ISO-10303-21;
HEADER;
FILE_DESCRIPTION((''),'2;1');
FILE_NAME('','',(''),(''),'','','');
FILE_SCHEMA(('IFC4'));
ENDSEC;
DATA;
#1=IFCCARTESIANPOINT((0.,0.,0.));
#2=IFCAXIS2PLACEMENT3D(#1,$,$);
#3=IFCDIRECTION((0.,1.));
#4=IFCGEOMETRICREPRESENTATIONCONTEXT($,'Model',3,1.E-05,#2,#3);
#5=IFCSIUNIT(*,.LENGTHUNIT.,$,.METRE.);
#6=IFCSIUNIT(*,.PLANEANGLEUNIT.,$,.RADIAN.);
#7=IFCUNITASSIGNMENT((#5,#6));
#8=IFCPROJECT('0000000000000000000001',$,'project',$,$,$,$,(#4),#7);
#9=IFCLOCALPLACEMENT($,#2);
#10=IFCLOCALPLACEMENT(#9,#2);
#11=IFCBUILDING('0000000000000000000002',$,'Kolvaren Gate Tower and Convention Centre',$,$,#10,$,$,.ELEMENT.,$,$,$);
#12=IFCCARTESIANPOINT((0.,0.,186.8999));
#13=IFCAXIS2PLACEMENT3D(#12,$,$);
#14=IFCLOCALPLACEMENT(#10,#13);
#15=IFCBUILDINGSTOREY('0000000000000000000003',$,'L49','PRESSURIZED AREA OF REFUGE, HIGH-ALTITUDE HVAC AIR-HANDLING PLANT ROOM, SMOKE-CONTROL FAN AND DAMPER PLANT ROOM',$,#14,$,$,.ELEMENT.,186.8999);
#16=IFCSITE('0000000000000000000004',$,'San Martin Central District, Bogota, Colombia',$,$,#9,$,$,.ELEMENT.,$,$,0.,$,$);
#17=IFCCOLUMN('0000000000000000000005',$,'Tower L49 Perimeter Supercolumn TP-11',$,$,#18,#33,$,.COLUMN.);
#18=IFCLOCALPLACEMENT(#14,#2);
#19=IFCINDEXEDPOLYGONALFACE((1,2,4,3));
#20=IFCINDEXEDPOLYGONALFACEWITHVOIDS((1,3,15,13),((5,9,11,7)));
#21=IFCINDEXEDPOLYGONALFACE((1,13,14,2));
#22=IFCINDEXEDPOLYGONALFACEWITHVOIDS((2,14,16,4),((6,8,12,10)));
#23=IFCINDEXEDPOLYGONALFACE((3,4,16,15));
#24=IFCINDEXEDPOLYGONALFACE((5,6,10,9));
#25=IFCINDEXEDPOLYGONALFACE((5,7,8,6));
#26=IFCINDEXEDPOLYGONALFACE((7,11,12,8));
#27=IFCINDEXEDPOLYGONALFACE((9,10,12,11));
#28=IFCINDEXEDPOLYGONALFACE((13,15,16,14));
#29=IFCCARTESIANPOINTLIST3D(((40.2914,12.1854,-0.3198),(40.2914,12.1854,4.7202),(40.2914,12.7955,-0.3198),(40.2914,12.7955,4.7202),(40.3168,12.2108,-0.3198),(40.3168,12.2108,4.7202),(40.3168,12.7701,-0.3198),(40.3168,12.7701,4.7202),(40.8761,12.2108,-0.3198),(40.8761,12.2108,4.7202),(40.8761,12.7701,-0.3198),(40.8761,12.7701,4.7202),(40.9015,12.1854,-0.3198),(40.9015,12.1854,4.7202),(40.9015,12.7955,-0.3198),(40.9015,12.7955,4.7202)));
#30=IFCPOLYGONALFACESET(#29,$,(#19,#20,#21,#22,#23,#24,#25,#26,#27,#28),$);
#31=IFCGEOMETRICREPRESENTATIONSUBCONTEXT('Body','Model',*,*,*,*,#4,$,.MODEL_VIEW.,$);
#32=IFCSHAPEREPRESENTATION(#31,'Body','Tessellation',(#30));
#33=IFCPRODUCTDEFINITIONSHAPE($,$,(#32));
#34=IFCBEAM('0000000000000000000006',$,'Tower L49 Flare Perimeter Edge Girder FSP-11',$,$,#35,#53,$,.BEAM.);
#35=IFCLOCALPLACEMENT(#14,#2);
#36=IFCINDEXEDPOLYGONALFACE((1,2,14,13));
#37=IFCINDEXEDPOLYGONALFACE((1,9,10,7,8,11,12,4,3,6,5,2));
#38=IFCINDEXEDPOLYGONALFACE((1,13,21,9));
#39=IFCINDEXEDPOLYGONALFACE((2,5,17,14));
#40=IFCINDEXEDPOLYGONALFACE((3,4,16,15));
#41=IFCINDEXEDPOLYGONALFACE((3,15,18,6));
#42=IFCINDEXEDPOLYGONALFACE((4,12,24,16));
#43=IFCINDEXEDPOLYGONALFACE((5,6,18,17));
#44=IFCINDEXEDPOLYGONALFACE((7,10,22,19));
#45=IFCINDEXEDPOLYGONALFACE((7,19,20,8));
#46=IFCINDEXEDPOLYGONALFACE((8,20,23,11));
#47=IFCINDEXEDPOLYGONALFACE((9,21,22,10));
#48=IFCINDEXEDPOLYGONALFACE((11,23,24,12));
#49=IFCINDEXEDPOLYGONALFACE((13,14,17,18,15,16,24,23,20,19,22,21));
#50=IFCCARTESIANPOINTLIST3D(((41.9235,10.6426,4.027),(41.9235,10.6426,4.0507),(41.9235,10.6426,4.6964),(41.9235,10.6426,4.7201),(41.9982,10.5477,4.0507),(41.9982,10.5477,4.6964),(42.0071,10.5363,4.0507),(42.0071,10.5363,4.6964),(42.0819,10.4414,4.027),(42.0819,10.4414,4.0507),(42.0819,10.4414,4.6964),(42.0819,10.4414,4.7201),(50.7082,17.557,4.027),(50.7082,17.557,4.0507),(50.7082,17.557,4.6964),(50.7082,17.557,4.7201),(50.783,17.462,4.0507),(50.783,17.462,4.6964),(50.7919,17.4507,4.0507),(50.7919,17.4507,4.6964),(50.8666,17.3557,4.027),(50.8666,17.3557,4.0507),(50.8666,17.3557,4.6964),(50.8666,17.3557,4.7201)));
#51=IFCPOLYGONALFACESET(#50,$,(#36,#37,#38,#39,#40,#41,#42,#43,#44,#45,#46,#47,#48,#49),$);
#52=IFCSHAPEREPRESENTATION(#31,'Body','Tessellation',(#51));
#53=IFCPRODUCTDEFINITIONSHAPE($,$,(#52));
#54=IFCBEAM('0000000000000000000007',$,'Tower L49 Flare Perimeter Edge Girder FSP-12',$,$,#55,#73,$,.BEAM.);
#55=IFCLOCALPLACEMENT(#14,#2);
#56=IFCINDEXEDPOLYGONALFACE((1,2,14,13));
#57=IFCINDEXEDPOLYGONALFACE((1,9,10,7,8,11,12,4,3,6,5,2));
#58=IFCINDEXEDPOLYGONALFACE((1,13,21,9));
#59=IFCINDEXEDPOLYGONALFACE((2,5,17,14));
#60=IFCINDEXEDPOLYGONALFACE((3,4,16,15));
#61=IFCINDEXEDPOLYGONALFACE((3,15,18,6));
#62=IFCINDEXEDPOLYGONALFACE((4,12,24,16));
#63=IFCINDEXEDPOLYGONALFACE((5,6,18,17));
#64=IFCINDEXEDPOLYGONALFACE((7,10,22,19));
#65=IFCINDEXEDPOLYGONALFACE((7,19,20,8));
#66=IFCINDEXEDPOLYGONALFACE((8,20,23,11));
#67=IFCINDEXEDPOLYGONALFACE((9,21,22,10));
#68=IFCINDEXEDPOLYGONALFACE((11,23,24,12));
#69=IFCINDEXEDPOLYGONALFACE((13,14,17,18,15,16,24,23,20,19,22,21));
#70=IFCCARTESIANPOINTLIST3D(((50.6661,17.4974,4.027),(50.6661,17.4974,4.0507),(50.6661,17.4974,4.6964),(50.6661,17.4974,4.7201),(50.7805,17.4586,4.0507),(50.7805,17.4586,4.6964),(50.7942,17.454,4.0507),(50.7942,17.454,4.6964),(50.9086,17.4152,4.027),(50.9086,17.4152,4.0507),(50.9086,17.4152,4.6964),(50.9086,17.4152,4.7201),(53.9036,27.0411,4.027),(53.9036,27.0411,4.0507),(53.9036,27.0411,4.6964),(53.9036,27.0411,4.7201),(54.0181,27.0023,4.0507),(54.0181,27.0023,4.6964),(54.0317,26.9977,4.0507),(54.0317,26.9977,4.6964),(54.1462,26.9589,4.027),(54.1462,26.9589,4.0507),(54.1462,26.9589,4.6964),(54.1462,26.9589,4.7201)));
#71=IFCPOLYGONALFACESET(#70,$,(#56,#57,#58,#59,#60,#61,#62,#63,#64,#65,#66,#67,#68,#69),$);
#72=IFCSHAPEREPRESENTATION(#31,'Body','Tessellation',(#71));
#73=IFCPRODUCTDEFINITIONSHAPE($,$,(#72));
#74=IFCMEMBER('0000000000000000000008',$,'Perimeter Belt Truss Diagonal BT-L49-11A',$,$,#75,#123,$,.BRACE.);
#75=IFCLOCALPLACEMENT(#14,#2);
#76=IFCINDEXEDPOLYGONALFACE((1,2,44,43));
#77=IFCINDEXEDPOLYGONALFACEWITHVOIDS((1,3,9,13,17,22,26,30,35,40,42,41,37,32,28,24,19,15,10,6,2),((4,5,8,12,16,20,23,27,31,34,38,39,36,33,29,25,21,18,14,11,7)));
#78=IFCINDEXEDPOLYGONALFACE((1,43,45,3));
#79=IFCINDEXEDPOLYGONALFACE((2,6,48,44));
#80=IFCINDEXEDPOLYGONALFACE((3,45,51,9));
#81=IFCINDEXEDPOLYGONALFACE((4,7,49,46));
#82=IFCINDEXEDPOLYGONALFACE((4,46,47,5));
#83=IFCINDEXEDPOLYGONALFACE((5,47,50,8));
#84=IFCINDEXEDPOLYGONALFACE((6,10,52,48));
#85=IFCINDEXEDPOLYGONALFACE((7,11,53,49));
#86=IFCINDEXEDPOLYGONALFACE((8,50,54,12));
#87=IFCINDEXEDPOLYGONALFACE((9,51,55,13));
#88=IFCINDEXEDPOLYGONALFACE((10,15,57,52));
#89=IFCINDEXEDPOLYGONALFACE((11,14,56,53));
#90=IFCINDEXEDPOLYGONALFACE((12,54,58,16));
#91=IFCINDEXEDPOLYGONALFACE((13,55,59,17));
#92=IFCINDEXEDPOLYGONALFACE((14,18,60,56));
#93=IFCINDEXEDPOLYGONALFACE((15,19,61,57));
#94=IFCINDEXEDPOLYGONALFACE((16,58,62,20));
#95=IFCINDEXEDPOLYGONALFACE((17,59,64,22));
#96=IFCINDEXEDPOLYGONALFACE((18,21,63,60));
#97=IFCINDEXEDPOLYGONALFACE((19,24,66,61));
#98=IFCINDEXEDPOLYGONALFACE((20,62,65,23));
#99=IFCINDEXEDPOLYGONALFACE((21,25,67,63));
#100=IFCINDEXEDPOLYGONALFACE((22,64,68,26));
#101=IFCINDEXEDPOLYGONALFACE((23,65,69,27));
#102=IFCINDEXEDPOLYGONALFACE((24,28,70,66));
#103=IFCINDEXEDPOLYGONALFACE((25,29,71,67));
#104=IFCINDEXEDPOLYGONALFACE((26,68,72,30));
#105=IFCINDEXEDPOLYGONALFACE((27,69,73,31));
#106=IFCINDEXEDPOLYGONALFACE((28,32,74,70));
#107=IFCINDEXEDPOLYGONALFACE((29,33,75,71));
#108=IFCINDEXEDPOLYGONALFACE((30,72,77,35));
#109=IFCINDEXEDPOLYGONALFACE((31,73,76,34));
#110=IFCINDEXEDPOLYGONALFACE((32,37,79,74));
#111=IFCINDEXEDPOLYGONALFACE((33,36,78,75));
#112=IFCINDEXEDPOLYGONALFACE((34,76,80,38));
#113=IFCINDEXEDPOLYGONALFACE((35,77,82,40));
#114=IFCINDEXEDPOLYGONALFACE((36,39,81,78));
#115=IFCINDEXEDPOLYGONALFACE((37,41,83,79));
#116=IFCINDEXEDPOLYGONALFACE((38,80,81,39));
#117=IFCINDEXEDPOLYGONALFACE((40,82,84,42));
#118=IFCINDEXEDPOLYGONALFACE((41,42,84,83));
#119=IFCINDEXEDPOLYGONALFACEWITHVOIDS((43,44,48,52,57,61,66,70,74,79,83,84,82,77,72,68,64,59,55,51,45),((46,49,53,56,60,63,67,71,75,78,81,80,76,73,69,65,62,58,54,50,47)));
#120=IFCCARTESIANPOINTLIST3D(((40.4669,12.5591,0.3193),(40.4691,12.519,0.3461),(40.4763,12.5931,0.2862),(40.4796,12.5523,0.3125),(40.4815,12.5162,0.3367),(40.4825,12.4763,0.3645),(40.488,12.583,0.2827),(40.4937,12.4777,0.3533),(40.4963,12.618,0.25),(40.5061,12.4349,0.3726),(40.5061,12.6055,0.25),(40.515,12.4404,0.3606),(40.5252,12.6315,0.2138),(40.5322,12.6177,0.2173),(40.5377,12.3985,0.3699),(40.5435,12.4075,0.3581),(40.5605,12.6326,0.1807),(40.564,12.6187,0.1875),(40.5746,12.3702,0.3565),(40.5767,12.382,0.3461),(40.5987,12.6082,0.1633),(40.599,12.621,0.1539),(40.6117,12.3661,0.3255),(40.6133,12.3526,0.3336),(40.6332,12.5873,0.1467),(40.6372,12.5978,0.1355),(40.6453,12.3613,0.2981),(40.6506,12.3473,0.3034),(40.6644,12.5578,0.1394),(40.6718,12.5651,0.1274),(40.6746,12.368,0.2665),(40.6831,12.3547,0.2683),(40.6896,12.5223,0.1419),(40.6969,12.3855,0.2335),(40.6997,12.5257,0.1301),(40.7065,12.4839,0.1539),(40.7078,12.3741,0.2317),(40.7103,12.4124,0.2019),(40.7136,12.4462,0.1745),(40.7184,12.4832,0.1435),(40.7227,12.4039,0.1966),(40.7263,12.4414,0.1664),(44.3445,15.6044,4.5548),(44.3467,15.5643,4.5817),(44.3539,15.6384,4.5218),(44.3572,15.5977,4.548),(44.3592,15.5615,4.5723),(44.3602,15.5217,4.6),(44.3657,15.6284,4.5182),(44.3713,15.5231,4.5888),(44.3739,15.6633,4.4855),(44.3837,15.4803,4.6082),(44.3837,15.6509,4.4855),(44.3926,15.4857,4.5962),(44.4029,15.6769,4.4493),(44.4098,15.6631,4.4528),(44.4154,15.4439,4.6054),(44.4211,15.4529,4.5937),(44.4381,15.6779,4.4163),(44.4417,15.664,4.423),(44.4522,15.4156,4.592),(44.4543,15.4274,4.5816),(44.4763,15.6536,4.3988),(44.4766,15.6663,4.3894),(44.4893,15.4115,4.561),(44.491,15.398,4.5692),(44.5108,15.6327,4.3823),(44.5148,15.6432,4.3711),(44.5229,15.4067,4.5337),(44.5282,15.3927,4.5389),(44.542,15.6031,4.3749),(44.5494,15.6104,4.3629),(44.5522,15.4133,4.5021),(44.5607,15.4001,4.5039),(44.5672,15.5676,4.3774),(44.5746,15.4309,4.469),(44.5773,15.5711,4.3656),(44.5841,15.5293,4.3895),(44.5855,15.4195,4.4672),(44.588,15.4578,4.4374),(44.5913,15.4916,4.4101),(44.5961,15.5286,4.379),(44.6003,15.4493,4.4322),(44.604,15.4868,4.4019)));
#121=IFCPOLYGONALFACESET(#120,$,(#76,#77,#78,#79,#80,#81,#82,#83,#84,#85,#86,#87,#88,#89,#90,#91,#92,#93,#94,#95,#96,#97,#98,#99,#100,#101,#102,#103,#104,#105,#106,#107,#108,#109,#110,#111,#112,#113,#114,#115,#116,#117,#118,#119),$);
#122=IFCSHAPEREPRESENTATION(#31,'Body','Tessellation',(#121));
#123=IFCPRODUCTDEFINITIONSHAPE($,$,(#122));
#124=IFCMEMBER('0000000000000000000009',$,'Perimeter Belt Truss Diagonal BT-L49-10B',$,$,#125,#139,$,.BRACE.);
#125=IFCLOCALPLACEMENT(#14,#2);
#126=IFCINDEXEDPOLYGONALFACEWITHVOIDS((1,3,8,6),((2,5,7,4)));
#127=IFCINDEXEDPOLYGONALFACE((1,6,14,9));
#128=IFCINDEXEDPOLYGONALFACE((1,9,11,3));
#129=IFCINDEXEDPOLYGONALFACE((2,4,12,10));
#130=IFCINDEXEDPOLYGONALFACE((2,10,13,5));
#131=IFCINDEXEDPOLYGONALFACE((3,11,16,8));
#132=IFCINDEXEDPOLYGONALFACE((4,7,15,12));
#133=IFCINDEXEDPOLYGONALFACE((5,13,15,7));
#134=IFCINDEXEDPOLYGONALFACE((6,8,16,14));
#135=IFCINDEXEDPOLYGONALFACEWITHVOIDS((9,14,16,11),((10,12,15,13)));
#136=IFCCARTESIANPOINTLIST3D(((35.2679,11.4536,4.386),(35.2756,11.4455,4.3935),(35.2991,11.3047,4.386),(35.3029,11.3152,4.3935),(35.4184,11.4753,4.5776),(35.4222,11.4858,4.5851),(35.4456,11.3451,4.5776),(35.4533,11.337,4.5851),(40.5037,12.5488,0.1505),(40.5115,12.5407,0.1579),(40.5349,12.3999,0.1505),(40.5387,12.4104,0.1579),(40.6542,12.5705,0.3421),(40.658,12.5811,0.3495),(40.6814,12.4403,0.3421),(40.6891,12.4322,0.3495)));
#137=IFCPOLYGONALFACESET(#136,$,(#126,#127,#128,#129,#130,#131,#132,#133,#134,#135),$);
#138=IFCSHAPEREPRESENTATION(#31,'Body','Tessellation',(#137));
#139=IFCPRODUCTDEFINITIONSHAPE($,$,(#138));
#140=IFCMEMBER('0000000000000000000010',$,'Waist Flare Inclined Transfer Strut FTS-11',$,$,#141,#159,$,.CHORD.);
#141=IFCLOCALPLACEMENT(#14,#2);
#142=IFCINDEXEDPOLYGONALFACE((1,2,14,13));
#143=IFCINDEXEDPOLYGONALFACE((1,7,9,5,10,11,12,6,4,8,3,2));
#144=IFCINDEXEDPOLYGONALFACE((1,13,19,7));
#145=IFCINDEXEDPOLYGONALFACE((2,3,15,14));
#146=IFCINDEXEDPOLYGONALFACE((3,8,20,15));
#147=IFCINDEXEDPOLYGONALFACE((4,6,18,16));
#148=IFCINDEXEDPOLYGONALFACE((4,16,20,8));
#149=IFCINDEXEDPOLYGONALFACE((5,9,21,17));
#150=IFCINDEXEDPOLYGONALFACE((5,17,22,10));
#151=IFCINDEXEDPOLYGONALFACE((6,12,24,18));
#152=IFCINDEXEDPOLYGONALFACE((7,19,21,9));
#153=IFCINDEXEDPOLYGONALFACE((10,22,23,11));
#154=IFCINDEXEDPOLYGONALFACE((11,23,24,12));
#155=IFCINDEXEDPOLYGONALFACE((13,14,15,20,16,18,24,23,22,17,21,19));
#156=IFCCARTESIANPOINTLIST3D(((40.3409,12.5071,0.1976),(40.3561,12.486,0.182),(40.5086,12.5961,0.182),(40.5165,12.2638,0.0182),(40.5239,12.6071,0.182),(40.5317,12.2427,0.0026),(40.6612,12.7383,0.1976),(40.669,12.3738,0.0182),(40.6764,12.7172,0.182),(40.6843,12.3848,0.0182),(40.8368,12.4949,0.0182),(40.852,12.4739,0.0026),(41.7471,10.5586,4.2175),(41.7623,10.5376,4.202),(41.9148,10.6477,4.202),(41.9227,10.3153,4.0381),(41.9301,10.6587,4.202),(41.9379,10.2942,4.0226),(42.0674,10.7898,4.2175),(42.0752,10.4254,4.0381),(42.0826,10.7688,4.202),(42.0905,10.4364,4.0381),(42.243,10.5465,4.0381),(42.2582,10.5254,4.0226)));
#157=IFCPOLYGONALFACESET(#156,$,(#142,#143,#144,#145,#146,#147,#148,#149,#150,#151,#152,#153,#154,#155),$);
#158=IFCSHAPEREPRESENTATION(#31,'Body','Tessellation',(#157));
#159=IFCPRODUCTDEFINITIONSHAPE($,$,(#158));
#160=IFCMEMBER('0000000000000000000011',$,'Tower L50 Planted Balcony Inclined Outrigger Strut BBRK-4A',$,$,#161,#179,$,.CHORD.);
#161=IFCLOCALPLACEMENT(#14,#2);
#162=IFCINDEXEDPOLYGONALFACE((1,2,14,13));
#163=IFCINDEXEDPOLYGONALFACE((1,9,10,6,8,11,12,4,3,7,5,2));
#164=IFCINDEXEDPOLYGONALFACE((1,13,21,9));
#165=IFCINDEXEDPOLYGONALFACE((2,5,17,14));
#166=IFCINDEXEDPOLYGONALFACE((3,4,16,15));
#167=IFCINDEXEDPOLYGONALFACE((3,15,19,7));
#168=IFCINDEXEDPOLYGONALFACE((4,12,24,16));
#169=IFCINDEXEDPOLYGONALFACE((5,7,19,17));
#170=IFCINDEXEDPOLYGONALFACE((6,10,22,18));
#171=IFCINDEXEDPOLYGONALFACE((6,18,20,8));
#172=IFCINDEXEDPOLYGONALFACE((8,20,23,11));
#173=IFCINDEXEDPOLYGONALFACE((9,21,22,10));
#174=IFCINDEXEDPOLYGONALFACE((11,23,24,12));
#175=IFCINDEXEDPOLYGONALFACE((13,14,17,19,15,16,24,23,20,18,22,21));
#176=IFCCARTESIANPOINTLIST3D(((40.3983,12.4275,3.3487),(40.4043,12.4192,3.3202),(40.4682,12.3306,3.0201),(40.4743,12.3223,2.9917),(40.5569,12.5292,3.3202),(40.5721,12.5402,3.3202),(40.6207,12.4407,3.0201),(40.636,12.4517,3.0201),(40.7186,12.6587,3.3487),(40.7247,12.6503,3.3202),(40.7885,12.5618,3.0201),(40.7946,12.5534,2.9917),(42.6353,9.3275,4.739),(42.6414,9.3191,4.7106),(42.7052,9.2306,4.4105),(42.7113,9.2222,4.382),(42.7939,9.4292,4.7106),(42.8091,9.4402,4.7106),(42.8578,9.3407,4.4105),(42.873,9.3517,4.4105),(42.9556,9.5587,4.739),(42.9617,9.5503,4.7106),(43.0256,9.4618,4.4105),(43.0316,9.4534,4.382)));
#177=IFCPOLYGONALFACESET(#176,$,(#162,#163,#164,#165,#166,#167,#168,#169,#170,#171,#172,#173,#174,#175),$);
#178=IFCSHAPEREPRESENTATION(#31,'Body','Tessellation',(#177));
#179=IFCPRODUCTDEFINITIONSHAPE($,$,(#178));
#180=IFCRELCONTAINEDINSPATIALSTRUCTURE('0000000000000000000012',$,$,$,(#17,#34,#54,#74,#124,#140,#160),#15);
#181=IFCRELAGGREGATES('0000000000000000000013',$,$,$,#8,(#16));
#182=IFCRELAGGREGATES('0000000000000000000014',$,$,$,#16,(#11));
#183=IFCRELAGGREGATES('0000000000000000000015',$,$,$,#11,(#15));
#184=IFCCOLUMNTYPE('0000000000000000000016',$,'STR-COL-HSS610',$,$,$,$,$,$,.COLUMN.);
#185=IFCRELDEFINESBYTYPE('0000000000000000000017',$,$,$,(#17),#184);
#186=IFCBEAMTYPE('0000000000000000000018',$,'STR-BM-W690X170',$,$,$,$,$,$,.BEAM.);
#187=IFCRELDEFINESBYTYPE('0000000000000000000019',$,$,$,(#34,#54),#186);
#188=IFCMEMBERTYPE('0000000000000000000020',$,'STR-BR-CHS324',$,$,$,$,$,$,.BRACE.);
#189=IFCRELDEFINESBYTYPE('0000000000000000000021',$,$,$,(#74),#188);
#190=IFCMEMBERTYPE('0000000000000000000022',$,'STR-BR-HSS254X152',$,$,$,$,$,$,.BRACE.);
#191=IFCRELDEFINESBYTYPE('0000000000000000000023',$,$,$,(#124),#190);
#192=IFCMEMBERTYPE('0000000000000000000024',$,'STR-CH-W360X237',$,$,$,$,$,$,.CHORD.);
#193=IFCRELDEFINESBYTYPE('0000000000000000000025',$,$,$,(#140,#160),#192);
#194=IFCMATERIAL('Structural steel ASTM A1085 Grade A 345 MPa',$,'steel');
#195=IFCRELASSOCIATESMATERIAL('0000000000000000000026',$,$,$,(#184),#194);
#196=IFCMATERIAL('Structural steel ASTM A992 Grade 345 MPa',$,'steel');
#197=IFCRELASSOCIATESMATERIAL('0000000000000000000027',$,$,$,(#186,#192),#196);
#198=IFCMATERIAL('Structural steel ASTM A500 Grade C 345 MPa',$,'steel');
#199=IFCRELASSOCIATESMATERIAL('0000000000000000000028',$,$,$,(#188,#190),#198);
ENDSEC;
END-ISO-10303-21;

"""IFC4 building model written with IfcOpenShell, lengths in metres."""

from ifc_helpers import new_model, si_unit, direction, frame, origin, origin_2d, place, context, subcontext, project, spatial, hollow_rectangle, hollow_circle, i_section, extrude, material, material_profile, profile_set, type_object, element, save


model = new_model("IFC4")

# Units and contexts
model_context = context("Model", 3, precision=1e-05, world=origin(), true_north=direction((0.0, 1.0)))
body_context = subcontext(model_context, "Body", "Model", "MODEL_VIEW")
ifc_project = project(units=[si_unit("LENGTHUNIT", "METRE"), si_unit("PLANEANGLEUNIT", "RADIAN")], contexts=[model_context])

# Site, building, storey
site_placement = place(None, origin())
site = spatial("IfcSite", under=ifc_project, at=site_placement, Name="San Martin Central District, Bogota, Colombia", CompositionType="ELEMENT", RefElevation=0.0)
building_placement = place(site_placement, origin())
building = spatial("IfcBuilding", under=site, at=building_placement, Name="Kolvaren Gate Tower and Convention Centre", CompositionType="ELEMENT")
storey_placement = place(building_placement, frame((0.0, 0.0, 186.8999)))
storey = spatial("IfcBuildingStorey", under=building, at=storey_placement, Name="L49", Description="PRESSURIZED AREA OF REFUGE, HIGH-ALTITUDE HVAC AIR-HANDLING PLANT ROOM, SMOKE-CONTROL FAN AND DAMPER PLANT ROOM", CompositionType="ELEMENT", Elevation=186.8999)

# Column
ifc_material_1 = material(Name="Structural steel ASTM A1085 Grade A 345 MPa", Category="steel")
ifc_material_profile_1 = material_profile(ifc_material_1, hollow_rectangle(XDim=0.6101, YDim=0.6101, WallThickness=0.0254, at=origin_2d()), Name="HSS610X610X25.4")
ifc_profile_set_1 = profile_set([ifc_material_profile_1], Name="Structural steel ASTM A1085 Grade A 345 MPa")
column_type = type_object("IfcColumnType", Name="STR-COL-HSS610", PredefinedType="COLUMN", material=ifc_profile_set_1)
column_placement = place(storey_placement, frame((40.5964, 12.4905, -0.3198), z_axis=(0.0, 0.0, 1.0), x_axis=(1.0, 0.0, 0.0)))
element("IfcColumn", 1, at=column_placement, inside=storey, type_object=column_type, Name="Tower L49 Perimeter Supercolumn TP-11", PredefinedType="COLUMN", context=body_context, shape_type="SweptSolid", body=[
    extrude(hollow_rectangle(XDim=0.6101, YDim=0.6101, WallThickness=0.0254, at=origin_2d()), origin(), (0.0, 0.0, 1.0), 5.04),
])

# Beams
ifc_material_2 = material(Name="Structural steel ASTM A992 Grade 345 MPa", Category="steel")
ifc_material_profile_2 = material_profile(ifc_material_2, i_section(OverallWidth=0.2561, OverallDepth=0.6931, WebThickness=0.0144, FlangeThickness=0.0237, at=origin_2d()), Name="W690X170")
ifc_profile_set_2 = profile_set([ifc_material_profile_2], Name="Structural steel ASTM A992 Grade 345 MPa")
beam_type_1 = type_object("IfcBeamType", Name="STR-BM-W690X170", PredefinedType="BEAM", material=ifc_profile_set_2)
beam_1_placement = place(storey_placement, frame((42.0027, 10.542, 4.3735), z_axis=(0.785794, 0.618489, 0.0), x_axis=(-0.618489, 0.785794, 0.0)))
element("IfcBeam", 2, at=beam_1_placement, inside=storey, type_object=beam_type_1, Name="Tower L49 Flare Perimeter Edge Girder FSP-11", PredefinedType="BEAM", context=body_context, shape_type="SweptSolid", body=[
    extrude(i_section(OverallWidth=0.2561, OverallDepth=0.6931, WebThickness=0.0144, FlangeThickness=0.0237, at=origin_2d()), origin(), (0.0, 0.0, 1.0), 11.1794),
])
beam_2_placement = place(storey_placement, frame((50.7874, 17.4563, 4.3735), z_axis=(0.321253, 0.946994, 0.0), x_axis=(-0.946994, 0.321253, 0.0)))
element("IfcBeam", 3, at=beam_2_placement, inside=storey, type_object=beam_type_1, Name="Tower L49 Flare Perimeter Edge Girder FSP-12", PredefinedType="BEAM", context=body_context, shape_type="SweptSolid", body=[
    extrude(i_section(OverallWidth=0.2561, OverallDepth=0.6931, WebThickness=0.0144, FlangeThickness=0.0237, at=origin_2d()), origin(), (0.0, 0.0, 1.0), 10.0779),
])

# Members
ifc_material_3 = material(Name="Structural steel ASTM A500 Grade C 345 MPa", Category="steel")
ifc_material_profile_3 = material_profile(ifc_material_3, hollow_circle(Radius=0.1621, WallThickness=0.0159, at=origin_2d()), Name="CHS324X15.9")
ifc_profile_set_3 = profile_set([ifc_material_profile_3], Name="Structural steel ASTM A500 Grade C 345 MPa")
member_type_1 = type_object("IfcMemberType", Name="STR-BR-CHS324", PredefinedType="BRACE", material=ifc_profile_set_3)
member_1_placement = place(storey_placement, frame((40.5964, 12.4905, 0.25), z_axis=(0.596558, 0.468518, 0.651621), x_axis=(-0.617653, 0.786451, 0.0)))
element("IfcMember", 4, at=member_1_placement, inside=storey, type_object=member_type_1, Name="Perimeter Belt Truss Diagonal BT-L49-11A", PredefinedType="BRACE", context=body_context, shape_type="SweptSolid", body=[
    extrude(hollow_circle(Radius=0.1621, WallThickness=0.0159, at=origin_2d()), origin(), (0.0, 0.0, 1.0), 6.5),
])
ifc_material_profile_4 = material_profile(ifc_material_3, hollow_rectangle(XDim=0.1521, YDim=0.2539, WallThickness=0.0095, at=origin_2d()), Name="HSS254X152X9.5")
ifc_profile_set_4 = profile_set([ifc_material_profile_4], Name="Structural steel ASTM A500 Grade C 345 MPa")
member_type_2 = type_object("IfcMemberType", Name="STR-BR-HSS254X152", PredefinedType="BRACE", material=ifc_profile_set_4)
member_2_placement = place(storey_placement, frame((40.5964, 12.4905, 0.25), z_axis=(-0.767377, -0.160517, 0.620779), x_axis=(0.204745, -0.978815, 0.0)))
element("IfcMember", 5, at=member_2_placement, inside=storey, type_object=member_type_2, Name="Perimeter Belt Truss Diagonal BT-L49-10B", PredefinedType="BRACE", context=body_context, shape_type="SweptSolid", body=[
    extrude(hollow_rectangle(XDim=0.1521, YDim=0.2539, WallThickness=0.0095, at=origin_2d()), origin(), (0.0, 0.0, 1.0), 6.823),
])
ifc_material_profile_5 = material_profile(ifc_material_2, i_section(OverallWidth=0.395, OverallDepth=0.3799, WebThickness=0.0188, FlangeThickness=0.0303, at=origin_2d()), Name="W360X237")
ifc_profile_set_5 = profile_set([ifc_material_profile_5], Name="Structural steel ASTM A992 Grade 345 MPa")
member_type_3 = type_object("IfcMemberType", Name="STR-CH-W360X237", PredefinedType="CHORD", material=ifc_profile_set_5)
member_3_placement = place(storey_placement, frame((40.5964, 12.4905, 0.1001), z_axis=(0.300259, -0.416037, 0.858346), x_axis=(0.810875, 0.58522, 0.0)))
element("IfcMember", 6, at=member_3_placement, inside=storey, type_object=member_type_3, Name="Waist Flare Inclined Transfer Strut FTS-11", PredefinedType="CHORD", context=body_context, shape_type="SweptSolid", body=[
    extrude(i_section(OverallWidth=0.395, OverallDepth=0.3799, WebThickness=0.0188, FlangeThickness=0.0303, at=origin_2d()), origin(), (0.0, 0.0, 1.0), 4.6833),
])
member_4_placement = place(storey_placement, frame((40.5964, 12.4905, 3.1702), z_axis=(0.549924, -0.762079, 0.341789), x_axis=(0.810915, 0.585164, 0.0)))
element("IfcMember", 7, at=member_4_placement, inside=storey, type_object=member_type_3, Name="Tower L50 Planted Balcony Inclined Outrigger Strut BBRK-4A", PredefinedType="CHORD", context=body_context, shape_type="SweptSolid", body=[
    extrude(i_section(OverallWidth=0.395, OverallDepth=0.3799, WebThickness=0.0188, FlangeThickness=0.0303, at=origin_2d()), origin(), (0.0, 0.0, 1.0), 4.0679),
])

save(model, "model.ifc")
